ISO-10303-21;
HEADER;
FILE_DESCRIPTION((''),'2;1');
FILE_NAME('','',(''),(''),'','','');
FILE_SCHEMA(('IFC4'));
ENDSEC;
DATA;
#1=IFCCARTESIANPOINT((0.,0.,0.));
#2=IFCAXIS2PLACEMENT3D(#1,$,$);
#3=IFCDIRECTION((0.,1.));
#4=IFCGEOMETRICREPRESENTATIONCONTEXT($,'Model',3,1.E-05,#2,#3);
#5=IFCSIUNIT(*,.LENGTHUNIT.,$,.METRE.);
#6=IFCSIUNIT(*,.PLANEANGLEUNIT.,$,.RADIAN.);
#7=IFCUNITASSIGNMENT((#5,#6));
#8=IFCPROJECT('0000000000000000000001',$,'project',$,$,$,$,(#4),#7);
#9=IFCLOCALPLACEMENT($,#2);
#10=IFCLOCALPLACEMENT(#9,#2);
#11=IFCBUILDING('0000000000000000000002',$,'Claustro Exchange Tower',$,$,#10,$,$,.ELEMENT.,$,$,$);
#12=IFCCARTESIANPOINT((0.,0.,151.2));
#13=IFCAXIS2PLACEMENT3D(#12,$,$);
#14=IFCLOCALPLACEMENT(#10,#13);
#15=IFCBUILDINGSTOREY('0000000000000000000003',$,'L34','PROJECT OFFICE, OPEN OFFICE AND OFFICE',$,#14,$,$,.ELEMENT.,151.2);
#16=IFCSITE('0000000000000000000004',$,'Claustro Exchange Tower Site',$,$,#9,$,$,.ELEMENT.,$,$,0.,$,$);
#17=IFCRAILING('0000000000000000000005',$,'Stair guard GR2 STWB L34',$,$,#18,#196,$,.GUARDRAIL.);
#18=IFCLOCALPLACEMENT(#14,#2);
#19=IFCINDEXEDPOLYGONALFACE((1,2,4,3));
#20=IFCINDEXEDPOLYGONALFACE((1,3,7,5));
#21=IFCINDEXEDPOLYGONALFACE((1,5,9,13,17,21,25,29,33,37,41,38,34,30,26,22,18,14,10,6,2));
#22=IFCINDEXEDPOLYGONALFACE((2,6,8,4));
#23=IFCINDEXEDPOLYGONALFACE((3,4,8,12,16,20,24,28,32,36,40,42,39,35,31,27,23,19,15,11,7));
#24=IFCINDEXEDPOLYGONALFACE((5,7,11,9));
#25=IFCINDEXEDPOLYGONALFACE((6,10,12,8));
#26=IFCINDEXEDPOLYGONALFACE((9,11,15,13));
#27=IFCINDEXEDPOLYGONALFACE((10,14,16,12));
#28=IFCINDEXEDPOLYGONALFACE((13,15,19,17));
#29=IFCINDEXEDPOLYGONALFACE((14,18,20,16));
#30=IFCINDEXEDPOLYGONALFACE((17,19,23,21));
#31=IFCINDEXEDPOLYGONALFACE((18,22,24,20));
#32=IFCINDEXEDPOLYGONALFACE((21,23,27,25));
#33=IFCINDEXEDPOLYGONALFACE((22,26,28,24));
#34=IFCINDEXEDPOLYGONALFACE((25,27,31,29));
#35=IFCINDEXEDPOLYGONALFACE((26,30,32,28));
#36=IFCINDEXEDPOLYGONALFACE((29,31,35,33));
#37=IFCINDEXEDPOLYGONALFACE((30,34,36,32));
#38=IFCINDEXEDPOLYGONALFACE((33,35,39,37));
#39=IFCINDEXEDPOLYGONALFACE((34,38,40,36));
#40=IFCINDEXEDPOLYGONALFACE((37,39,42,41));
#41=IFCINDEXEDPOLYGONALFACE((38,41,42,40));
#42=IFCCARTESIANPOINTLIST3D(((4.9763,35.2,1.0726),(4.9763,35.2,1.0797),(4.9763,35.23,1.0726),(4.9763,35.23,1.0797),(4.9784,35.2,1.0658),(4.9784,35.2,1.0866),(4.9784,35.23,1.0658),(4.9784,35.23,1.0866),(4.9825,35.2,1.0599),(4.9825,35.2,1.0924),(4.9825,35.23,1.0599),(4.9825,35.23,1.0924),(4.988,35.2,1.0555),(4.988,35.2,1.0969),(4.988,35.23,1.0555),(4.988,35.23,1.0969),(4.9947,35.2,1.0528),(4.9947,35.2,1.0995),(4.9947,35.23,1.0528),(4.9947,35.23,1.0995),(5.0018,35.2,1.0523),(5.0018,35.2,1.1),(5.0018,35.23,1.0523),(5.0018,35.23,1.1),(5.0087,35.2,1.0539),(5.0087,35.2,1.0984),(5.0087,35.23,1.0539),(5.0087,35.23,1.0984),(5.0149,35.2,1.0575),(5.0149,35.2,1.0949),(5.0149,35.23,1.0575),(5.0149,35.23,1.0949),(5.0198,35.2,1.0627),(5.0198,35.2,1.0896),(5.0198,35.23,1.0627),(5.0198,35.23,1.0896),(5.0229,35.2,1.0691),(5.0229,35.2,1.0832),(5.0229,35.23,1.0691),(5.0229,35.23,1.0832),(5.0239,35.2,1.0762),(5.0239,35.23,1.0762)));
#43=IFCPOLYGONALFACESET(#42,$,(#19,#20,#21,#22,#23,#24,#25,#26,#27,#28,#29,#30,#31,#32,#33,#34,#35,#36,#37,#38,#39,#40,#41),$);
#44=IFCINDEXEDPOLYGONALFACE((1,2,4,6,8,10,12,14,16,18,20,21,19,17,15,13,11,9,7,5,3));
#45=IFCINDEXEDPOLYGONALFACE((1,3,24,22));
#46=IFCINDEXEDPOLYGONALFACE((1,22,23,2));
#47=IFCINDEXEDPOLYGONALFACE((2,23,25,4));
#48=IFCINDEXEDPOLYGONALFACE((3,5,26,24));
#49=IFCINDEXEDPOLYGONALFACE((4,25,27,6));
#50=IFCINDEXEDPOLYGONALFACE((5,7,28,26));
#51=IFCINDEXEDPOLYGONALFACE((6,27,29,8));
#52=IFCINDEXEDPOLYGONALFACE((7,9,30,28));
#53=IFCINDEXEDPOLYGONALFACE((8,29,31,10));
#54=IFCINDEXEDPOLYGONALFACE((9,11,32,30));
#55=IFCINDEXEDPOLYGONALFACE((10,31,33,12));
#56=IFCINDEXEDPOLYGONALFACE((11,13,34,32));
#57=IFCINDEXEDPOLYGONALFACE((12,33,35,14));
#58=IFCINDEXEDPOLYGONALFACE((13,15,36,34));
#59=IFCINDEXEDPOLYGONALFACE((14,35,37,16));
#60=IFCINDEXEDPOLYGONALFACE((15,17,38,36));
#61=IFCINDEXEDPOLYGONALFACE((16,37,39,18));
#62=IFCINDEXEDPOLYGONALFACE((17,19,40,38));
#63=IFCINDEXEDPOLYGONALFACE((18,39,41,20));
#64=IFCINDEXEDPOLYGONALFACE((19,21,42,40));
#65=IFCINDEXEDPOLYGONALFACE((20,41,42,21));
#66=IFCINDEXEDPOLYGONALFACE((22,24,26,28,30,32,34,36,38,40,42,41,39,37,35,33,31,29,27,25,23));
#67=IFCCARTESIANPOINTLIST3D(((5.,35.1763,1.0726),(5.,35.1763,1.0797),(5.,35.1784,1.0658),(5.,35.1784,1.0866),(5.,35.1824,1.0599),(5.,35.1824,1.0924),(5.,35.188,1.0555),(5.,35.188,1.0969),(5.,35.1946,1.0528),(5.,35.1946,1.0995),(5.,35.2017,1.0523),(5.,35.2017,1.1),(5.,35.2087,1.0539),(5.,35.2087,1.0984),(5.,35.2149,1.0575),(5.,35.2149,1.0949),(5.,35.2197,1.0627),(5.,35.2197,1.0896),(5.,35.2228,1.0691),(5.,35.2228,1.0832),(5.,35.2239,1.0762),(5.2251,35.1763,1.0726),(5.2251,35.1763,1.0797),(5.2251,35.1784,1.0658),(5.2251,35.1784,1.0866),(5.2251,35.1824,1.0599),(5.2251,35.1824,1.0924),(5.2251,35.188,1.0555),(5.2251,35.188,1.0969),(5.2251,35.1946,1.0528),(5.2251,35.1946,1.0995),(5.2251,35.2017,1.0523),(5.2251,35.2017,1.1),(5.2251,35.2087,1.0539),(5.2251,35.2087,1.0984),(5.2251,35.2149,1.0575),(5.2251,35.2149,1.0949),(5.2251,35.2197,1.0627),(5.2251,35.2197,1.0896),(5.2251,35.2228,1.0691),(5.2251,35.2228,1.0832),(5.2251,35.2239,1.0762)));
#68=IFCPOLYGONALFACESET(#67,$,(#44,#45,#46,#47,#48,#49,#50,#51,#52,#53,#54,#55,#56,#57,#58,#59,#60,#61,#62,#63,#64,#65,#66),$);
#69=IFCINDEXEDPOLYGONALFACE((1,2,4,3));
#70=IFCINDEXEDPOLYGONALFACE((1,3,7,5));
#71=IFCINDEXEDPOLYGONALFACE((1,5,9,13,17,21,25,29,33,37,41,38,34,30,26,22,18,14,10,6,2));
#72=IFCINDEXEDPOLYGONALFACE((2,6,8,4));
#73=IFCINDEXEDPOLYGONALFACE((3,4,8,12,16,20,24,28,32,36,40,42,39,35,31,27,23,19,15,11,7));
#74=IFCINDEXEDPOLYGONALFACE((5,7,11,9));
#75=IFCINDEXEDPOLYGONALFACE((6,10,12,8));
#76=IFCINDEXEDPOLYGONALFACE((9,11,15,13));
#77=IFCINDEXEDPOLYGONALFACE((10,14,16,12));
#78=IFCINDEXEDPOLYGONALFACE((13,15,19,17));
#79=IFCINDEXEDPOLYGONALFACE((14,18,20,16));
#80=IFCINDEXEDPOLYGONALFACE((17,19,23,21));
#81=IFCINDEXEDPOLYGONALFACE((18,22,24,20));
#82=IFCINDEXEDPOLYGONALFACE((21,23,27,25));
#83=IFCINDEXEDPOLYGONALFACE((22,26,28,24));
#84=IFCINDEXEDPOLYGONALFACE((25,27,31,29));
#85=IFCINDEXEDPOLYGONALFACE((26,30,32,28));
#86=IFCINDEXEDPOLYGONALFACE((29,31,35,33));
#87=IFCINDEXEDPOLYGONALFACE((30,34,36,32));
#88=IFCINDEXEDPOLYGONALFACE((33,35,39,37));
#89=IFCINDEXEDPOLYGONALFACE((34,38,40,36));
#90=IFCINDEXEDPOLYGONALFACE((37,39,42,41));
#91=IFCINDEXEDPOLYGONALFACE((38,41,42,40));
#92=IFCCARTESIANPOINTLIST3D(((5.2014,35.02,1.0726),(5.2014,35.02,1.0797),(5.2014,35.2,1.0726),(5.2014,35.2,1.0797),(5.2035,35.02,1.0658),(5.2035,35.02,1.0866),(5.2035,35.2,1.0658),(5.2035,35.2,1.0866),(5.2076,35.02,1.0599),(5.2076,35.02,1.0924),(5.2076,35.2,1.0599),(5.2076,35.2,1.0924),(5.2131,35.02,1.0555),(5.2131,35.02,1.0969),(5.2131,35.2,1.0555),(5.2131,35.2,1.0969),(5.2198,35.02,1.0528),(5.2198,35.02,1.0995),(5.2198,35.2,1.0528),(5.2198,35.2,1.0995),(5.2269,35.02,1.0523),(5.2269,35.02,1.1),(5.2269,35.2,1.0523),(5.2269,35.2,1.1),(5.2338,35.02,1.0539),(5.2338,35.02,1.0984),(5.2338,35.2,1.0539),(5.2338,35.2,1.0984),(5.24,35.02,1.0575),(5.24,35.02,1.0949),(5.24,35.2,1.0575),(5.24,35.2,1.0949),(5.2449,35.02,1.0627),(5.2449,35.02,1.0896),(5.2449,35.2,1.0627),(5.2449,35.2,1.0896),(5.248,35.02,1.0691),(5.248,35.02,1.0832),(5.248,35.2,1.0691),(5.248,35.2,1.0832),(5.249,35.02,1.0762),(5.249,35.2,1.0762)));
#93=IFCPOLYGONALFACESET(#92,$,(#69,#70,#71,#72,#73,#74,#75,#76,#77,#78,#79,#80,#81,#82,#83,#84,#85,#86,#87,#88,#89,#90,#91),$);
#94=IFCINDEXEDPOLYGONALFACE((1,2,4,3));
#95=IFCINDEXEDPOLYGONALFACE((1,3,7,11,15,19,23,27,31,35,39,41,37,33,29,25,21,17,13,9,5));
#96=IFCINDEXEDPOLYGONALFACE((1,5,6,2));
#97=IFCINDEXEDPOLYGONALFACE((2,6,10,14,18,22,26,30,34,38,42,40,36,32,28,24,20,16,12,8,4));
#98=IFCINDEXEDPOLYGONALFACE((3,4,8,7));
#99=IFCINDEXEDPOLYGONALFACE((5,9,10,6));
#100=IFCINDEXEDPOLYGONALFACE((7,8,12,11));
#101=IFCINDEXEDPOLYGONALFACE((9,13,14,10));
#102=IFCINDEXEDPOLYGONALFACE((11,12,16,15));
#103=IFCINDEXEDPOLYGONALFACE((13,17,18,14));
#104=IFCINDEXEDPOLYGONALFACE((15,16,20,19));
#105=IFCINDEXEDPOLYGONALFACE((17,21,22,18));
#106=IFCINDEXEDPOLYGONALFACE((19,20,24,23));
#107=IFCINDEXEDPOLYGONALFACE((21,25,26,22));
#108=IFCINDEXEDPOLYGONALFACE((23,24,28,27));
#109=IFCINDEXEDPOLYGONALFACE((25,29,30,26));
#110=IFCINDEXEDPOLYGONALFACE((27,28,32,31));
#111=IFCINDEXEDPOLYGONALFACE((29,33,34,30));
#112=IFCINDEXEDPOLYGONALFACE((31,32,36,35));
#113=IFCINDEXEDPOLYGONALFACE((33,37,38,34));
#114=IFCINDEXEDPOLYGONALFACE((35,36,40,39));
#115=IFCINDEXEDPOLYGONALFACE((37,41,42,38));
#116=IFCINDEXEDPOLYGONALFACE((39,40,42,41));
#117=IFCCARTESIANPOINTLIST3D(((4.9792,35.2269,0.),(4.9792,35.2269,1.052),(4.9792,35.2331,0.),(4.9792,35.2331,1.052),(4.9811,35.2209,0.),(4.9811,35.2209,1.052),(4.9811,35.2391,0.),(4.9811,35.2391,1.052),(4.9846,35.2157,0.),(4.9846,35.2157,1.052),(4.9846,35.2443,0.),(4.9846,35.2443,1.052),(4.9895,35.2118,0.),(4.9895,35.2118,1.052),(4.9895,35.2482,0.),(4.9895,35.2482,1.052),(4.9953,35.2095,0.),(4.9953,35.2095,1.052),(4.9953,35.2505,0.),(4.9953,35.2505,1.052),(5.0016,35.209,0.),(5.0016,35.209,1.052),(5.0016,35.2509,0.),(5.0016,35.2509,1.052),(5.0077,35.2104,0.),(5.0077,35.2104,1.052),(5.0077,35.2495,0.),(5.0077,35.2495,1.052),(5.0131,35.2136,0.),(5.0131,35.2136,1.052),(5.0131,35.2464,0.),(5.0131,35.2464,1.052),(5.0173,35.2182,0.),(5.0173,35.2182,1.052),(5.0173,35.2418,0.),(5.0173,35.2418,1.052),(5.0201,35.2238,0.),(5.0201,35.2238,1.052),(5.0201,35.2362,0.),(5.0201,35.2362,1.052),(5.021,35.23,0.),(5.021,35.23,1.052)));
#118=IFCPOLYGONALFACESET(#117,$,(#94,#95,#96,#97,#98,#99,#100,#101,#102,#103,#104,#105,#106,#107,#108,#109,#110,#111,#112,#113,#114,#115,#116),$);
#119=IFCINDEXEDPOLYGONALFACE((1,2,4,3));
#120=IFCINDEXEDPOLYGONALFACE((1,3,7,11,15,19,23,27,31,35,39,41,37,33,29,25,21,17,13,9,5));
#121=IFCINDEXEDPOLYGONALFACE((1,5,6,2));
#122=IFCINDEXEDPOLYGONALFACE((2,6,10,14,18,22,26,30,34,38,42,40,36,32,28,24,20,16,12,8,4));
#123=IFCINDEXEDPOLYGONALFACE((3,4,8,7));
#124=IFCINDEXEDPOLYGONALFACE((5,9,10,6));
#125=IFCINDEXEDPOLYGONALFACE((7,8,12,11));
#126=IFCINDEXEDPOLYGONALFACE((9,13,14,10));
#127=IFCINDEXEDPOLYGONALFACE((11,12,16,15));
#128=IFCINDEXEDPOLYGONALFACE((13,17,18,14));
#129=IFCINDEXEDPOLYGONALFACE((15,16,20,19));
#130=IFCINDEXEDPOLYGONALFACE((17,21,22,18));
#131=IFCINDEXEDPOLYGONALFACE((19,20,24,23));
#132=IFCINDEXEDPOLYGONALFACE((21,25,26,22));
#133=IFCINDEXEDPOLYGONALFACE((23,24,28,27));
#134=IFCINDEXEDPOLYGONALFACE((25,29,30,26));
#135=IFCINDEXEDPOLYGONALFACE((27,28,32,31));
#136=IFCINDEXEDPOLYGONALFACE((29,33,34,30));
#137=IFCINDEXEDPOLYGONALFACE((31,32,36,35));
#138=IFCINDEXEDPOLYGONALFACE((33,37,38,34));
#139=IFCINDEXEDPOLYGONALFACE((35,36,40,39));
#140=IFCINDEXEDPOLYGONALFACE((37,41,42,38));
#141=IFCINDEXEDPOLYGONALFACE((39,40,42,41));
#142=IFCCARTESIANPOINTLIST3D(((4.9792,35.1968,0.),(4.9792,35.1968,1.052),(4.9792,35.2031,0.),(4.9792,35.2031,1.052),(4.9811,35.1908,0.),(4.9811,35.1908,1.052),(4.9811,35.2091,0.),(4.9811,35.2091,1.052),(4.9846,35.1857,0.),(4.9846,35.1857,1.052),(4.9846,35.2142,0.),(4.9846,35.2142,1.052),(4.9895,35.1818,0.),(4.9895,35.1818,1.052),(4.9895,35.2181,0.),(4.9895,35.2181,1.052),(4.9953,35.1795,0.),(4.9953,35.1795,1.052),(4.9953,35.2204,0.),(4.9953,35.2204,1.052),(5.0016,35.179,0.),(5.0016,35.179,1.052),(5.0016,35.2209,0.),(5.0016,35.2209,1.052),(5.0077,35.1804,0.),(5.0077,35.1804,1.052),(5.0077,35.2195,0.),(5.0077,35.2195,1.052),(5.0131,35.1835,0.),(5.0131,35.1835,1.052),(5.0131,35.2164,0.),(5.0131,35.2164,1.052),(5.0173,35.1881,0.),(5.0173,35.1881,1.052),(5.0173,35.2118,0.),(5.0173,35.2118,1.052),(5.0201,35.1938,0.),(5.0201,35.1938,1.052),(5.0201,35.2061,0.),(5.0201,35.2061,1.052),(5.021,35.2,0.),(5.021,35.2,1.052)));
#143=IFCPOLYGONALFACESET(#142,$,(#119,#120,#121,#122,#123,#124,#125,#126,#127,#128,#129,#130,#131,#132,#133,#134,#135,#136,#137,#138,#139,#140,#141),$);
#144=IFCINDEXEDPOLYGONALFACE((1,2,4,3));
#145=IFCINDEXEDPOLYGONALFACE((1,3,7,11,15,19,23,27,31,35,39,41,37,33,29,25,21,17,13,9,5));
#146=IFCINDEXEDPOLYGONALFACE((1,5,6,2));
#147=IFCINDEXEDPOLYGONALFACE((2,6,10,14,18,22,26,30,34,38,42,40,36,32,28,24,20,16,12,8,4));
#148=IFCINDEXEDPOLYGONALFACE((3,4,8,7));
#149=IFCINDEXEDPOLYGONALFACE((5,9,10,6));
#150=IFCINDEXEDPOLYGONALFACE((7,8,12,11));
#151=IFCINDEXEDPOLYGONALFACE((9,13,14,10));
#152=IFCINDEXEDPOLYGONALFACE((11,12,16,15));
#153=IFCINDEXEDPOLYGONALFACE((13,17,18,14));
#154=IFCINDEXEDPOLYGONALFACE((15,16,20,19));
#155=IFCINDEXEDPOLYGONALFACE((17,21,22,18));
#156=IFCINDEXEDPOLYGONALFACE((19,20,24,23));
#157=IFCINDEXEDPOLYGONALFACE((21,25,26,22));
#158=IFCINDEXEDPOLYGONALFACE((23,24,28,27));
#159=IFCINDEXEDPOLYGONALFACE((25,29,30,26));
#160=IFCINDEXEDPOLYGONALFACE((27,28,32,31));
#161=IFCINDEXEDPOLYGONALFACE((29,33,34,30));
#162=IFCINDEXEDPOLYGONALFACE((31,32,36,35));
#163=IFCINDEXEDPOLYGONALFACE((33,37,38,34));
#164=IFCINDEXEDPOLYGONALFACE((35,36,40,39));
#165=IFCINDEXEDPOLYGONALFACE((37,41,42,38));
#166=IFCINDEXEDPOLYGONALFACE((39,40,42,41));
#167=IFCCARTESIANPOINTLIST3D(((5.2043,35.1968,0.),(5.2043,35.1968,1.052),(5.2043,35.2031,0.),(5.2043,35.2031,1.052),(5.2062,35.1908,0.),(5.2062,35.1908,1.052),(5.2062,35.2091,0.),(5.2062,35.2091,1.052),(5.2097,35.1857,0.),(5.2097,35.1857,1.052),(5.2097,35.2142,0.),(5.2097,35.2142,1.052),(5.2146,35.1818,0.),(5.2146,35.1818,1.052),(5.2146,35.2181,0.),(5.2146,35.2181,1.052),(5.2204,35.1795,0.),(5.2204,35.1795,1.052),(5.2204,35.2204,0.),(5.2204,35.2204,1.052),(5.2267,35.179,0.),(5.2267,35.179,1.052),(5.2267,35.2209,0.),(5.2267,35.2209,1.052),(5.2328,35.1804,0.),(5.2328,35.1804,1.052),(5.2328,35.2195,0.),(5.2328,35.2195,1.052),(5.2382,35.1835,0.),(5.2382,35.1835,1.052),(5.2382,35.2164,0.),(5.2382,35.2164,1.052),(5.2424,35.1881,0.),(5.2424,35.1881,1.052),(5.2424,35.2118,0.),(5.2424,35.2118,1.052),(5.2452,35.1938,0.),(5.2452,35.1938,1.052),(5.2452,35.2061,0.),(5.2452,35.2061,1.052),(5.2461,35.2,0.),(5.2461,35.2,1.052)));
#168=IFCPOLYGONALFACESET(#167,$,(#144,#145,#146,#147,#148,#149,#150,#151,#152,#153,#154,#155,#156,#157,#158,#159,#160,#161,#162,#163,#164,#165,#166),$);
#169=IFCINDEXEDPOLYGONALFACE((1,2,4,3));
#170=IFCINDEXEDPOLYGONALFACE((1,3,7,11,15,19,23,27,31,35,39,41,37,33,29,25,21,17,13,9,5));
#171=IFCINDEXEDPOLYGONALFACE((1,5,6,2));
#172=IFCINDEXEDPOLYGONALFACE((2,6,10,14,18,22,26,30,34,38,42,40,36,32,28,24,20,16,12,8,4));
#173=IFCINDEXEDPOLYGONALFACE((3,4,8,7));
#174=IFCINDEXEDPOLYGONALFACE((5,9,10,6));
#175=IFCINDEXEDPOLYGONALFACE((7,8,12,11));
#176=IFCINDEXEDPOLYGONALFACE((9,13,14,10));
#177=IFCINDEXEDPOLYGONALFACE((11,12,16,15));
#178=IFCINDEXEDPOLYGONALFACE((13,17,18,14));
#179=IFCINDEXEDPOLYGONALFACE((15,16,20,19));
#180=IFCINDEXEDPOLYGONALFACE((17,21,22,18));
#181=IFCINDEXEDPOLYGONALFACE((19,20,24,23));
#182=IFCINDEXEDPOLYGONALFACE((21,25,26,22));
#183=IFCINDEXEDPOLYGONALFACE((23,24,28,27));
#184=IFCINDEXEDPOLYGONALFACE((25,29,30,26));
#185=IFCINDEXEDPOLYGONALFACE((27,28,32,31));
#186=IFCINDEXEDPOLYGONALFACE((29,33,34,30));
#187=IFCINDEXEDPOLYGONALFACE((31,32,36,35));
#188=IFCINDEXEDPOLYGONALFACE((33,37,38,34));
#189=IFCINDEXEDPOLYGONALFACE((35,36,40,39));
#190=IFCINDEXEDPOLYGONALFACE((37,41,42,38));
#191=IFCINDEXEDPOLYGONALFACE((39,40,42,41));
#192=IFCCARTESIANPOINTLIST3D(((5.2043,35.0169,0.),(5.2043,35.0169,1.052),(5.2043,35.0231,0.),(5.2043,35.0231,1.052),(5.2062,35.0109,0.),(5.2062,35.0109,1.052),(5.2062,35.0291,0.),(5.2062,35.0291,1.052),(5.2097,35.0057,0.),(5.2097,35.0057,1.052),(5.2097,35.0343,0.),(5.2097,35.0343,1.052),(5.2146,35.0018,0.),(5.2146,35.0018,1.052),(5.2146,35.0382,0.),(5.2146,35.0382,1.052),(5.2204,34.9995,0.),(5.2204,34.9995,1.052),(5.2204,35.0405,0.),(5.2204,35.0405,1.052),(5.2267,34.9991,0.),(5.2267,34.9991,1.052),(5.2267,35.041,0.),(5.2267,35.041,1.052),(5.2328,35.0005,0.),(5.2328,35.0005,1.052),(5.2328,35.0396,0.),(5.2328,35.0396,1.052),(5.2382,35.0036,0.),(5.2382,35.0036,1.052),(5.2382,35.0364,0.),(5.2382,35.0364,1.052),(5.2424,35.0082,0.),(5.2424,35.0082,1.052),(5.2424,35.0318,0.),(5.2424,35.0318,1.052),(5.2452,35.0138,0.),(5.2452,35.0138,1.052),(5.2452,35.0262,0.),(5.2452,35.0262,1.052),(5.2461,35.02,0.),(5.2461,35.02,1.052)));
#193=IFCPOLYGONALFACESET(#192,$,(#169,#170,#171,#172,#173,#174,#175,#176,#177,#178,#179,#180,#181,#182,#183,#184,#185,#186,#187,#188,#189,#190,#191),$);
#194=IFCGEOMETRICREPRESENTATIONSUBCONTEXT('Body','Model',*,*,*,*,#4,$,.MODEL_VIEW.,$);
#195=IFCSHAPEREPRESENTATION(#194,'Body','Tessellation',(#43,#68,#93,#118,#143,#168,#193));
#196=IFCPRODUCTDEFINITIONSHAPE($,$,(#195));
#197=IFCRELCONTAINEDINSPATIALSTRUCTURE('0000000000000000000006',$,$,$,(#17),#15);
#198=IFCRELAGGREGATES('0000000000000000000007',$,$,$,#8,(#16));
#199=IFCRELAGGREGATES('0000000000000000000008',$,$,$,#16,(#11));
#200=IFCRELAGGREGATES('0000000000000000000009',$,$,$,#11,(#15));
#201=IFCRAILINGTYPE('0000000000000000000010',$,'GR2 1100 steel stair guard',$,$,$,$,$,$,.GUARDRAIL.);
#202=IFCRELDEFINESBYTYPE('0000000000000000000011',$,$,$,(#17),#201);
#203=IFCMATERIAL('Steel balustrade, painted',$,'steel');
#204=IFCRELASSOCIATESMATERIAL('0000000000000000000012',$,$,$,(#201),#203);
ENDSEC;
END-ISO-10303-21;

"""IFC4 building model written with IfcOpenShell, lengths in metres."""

from ifc_helpers import new_model, si_unit, direction, frame, origin, origin_2d, place, context, subcontext, project, spatial, circle, extrude, material, type_object, element, save


model = new_model("IFC4")

# Units and contexts
model_context = context("Model", 3, precision=1e-05, world=origin(), true_north=direction((0.0, 1.0)))
body_context = subcontext(model_context, "Body", "Model", "MODEL_VIEW")
ifc_project = project(units=[si_unit("LENGTHUNIT", "METRE"), si_unit("PLANEANGLEUNIT", "RADIAN")], contexts=[model_context])

# Site, building, storey
site_placement = place(None, origin())
site = spatial("IfcSite", under=ifc_project, at=site_placement, Name="Claustro Exchange Tower Site", CompositionType="ELEMENT", RefElevation=0.0)
building_placement = place(site_placement, origin())
building = spatial("IfcBuilding", under=site, at=building_placement, Name="Claustro Exchange Tower", CompositionType="ELEMENT")
storey_placement = place(building_placement, frame((0.0, 0.0, 151.2)))
storey = spatial("IfcBuildingStorey", under=building, at=storey_placement, Name="L34", Description="PROJECT OFFICE, OPEN OFFICE AND OFFICE", CompositionType="ELEMENT", Elevation=151.2)

# Railing
ifc_material_1 = material(Name="Steel balustrade, painted", Category="steel")
railing_type_1 = type_object("IfcRailingType", Name="GR2 1100 steel stair guard", PredefinedType="GUARDRAIL", material=ifc_material_1)
railing_1_placement = place(storey_placement, frame((5.0, 35.23, 0.0)))
element("IfcRailing", 1, at=railing_1_placement, inside=storey, type_object=railing_type_1, Name="Stair guard GR2 STWB L34", PredefinedType="GUARDRAIL", context=body_context, shape_type="SweptSolid", body=[
    extrude(circle(Radius=0.0239, at=origin_2d()), frame((0.0, 0.0, 1.0762), z_axis=(0.0, -1.0, 0.0), x_axis=(1.0, 0.0, 0.0)), (0.0, 0.0, 1.0), 0.03),
    extrude(circle(Radius=0.0239, at=origin_2d()), frame((0.0, -0.03, 1.0762), z_axis=(1.0, 0.0, 0.0), x_axis=(0.0, 1.0, 0.0)), (0.0, 0.0, 1.0), 0.2251),
    extrude(circle(Radius=0.0239, at=origin_2d()), frame((0.2251, -0.03, 1.0762), z_axis=(0.0, -1.0, 0.0), x_axis=(1.0, 0.0, 0.0)), (0.0, 0.0, 1.0), 0.1799),
    extrude(circle(Radius=0.021, at=origin_2d()), origin(), (0.0, 0.0, 1.0), 1.052),
    extrude(circle(Radius=0.021, at=origin_2d()), frame((0.0, -0.03, 0.0)), (0.0, 0.0, 1.0), 1.052),
    extrude(circle(Radius=0.021, at=origin_2d()), frame((0.2251, -0.03, 0.0)), (0.0, 0.0, 1.0), 1.052),
    extrude(circle(Radius=0.021, at=origin_2d()), frame((0.2251, -0.21, 0.0)), (0.0, 0.0, 1.0), 1.052),
])

save(model, "model.ifc")
